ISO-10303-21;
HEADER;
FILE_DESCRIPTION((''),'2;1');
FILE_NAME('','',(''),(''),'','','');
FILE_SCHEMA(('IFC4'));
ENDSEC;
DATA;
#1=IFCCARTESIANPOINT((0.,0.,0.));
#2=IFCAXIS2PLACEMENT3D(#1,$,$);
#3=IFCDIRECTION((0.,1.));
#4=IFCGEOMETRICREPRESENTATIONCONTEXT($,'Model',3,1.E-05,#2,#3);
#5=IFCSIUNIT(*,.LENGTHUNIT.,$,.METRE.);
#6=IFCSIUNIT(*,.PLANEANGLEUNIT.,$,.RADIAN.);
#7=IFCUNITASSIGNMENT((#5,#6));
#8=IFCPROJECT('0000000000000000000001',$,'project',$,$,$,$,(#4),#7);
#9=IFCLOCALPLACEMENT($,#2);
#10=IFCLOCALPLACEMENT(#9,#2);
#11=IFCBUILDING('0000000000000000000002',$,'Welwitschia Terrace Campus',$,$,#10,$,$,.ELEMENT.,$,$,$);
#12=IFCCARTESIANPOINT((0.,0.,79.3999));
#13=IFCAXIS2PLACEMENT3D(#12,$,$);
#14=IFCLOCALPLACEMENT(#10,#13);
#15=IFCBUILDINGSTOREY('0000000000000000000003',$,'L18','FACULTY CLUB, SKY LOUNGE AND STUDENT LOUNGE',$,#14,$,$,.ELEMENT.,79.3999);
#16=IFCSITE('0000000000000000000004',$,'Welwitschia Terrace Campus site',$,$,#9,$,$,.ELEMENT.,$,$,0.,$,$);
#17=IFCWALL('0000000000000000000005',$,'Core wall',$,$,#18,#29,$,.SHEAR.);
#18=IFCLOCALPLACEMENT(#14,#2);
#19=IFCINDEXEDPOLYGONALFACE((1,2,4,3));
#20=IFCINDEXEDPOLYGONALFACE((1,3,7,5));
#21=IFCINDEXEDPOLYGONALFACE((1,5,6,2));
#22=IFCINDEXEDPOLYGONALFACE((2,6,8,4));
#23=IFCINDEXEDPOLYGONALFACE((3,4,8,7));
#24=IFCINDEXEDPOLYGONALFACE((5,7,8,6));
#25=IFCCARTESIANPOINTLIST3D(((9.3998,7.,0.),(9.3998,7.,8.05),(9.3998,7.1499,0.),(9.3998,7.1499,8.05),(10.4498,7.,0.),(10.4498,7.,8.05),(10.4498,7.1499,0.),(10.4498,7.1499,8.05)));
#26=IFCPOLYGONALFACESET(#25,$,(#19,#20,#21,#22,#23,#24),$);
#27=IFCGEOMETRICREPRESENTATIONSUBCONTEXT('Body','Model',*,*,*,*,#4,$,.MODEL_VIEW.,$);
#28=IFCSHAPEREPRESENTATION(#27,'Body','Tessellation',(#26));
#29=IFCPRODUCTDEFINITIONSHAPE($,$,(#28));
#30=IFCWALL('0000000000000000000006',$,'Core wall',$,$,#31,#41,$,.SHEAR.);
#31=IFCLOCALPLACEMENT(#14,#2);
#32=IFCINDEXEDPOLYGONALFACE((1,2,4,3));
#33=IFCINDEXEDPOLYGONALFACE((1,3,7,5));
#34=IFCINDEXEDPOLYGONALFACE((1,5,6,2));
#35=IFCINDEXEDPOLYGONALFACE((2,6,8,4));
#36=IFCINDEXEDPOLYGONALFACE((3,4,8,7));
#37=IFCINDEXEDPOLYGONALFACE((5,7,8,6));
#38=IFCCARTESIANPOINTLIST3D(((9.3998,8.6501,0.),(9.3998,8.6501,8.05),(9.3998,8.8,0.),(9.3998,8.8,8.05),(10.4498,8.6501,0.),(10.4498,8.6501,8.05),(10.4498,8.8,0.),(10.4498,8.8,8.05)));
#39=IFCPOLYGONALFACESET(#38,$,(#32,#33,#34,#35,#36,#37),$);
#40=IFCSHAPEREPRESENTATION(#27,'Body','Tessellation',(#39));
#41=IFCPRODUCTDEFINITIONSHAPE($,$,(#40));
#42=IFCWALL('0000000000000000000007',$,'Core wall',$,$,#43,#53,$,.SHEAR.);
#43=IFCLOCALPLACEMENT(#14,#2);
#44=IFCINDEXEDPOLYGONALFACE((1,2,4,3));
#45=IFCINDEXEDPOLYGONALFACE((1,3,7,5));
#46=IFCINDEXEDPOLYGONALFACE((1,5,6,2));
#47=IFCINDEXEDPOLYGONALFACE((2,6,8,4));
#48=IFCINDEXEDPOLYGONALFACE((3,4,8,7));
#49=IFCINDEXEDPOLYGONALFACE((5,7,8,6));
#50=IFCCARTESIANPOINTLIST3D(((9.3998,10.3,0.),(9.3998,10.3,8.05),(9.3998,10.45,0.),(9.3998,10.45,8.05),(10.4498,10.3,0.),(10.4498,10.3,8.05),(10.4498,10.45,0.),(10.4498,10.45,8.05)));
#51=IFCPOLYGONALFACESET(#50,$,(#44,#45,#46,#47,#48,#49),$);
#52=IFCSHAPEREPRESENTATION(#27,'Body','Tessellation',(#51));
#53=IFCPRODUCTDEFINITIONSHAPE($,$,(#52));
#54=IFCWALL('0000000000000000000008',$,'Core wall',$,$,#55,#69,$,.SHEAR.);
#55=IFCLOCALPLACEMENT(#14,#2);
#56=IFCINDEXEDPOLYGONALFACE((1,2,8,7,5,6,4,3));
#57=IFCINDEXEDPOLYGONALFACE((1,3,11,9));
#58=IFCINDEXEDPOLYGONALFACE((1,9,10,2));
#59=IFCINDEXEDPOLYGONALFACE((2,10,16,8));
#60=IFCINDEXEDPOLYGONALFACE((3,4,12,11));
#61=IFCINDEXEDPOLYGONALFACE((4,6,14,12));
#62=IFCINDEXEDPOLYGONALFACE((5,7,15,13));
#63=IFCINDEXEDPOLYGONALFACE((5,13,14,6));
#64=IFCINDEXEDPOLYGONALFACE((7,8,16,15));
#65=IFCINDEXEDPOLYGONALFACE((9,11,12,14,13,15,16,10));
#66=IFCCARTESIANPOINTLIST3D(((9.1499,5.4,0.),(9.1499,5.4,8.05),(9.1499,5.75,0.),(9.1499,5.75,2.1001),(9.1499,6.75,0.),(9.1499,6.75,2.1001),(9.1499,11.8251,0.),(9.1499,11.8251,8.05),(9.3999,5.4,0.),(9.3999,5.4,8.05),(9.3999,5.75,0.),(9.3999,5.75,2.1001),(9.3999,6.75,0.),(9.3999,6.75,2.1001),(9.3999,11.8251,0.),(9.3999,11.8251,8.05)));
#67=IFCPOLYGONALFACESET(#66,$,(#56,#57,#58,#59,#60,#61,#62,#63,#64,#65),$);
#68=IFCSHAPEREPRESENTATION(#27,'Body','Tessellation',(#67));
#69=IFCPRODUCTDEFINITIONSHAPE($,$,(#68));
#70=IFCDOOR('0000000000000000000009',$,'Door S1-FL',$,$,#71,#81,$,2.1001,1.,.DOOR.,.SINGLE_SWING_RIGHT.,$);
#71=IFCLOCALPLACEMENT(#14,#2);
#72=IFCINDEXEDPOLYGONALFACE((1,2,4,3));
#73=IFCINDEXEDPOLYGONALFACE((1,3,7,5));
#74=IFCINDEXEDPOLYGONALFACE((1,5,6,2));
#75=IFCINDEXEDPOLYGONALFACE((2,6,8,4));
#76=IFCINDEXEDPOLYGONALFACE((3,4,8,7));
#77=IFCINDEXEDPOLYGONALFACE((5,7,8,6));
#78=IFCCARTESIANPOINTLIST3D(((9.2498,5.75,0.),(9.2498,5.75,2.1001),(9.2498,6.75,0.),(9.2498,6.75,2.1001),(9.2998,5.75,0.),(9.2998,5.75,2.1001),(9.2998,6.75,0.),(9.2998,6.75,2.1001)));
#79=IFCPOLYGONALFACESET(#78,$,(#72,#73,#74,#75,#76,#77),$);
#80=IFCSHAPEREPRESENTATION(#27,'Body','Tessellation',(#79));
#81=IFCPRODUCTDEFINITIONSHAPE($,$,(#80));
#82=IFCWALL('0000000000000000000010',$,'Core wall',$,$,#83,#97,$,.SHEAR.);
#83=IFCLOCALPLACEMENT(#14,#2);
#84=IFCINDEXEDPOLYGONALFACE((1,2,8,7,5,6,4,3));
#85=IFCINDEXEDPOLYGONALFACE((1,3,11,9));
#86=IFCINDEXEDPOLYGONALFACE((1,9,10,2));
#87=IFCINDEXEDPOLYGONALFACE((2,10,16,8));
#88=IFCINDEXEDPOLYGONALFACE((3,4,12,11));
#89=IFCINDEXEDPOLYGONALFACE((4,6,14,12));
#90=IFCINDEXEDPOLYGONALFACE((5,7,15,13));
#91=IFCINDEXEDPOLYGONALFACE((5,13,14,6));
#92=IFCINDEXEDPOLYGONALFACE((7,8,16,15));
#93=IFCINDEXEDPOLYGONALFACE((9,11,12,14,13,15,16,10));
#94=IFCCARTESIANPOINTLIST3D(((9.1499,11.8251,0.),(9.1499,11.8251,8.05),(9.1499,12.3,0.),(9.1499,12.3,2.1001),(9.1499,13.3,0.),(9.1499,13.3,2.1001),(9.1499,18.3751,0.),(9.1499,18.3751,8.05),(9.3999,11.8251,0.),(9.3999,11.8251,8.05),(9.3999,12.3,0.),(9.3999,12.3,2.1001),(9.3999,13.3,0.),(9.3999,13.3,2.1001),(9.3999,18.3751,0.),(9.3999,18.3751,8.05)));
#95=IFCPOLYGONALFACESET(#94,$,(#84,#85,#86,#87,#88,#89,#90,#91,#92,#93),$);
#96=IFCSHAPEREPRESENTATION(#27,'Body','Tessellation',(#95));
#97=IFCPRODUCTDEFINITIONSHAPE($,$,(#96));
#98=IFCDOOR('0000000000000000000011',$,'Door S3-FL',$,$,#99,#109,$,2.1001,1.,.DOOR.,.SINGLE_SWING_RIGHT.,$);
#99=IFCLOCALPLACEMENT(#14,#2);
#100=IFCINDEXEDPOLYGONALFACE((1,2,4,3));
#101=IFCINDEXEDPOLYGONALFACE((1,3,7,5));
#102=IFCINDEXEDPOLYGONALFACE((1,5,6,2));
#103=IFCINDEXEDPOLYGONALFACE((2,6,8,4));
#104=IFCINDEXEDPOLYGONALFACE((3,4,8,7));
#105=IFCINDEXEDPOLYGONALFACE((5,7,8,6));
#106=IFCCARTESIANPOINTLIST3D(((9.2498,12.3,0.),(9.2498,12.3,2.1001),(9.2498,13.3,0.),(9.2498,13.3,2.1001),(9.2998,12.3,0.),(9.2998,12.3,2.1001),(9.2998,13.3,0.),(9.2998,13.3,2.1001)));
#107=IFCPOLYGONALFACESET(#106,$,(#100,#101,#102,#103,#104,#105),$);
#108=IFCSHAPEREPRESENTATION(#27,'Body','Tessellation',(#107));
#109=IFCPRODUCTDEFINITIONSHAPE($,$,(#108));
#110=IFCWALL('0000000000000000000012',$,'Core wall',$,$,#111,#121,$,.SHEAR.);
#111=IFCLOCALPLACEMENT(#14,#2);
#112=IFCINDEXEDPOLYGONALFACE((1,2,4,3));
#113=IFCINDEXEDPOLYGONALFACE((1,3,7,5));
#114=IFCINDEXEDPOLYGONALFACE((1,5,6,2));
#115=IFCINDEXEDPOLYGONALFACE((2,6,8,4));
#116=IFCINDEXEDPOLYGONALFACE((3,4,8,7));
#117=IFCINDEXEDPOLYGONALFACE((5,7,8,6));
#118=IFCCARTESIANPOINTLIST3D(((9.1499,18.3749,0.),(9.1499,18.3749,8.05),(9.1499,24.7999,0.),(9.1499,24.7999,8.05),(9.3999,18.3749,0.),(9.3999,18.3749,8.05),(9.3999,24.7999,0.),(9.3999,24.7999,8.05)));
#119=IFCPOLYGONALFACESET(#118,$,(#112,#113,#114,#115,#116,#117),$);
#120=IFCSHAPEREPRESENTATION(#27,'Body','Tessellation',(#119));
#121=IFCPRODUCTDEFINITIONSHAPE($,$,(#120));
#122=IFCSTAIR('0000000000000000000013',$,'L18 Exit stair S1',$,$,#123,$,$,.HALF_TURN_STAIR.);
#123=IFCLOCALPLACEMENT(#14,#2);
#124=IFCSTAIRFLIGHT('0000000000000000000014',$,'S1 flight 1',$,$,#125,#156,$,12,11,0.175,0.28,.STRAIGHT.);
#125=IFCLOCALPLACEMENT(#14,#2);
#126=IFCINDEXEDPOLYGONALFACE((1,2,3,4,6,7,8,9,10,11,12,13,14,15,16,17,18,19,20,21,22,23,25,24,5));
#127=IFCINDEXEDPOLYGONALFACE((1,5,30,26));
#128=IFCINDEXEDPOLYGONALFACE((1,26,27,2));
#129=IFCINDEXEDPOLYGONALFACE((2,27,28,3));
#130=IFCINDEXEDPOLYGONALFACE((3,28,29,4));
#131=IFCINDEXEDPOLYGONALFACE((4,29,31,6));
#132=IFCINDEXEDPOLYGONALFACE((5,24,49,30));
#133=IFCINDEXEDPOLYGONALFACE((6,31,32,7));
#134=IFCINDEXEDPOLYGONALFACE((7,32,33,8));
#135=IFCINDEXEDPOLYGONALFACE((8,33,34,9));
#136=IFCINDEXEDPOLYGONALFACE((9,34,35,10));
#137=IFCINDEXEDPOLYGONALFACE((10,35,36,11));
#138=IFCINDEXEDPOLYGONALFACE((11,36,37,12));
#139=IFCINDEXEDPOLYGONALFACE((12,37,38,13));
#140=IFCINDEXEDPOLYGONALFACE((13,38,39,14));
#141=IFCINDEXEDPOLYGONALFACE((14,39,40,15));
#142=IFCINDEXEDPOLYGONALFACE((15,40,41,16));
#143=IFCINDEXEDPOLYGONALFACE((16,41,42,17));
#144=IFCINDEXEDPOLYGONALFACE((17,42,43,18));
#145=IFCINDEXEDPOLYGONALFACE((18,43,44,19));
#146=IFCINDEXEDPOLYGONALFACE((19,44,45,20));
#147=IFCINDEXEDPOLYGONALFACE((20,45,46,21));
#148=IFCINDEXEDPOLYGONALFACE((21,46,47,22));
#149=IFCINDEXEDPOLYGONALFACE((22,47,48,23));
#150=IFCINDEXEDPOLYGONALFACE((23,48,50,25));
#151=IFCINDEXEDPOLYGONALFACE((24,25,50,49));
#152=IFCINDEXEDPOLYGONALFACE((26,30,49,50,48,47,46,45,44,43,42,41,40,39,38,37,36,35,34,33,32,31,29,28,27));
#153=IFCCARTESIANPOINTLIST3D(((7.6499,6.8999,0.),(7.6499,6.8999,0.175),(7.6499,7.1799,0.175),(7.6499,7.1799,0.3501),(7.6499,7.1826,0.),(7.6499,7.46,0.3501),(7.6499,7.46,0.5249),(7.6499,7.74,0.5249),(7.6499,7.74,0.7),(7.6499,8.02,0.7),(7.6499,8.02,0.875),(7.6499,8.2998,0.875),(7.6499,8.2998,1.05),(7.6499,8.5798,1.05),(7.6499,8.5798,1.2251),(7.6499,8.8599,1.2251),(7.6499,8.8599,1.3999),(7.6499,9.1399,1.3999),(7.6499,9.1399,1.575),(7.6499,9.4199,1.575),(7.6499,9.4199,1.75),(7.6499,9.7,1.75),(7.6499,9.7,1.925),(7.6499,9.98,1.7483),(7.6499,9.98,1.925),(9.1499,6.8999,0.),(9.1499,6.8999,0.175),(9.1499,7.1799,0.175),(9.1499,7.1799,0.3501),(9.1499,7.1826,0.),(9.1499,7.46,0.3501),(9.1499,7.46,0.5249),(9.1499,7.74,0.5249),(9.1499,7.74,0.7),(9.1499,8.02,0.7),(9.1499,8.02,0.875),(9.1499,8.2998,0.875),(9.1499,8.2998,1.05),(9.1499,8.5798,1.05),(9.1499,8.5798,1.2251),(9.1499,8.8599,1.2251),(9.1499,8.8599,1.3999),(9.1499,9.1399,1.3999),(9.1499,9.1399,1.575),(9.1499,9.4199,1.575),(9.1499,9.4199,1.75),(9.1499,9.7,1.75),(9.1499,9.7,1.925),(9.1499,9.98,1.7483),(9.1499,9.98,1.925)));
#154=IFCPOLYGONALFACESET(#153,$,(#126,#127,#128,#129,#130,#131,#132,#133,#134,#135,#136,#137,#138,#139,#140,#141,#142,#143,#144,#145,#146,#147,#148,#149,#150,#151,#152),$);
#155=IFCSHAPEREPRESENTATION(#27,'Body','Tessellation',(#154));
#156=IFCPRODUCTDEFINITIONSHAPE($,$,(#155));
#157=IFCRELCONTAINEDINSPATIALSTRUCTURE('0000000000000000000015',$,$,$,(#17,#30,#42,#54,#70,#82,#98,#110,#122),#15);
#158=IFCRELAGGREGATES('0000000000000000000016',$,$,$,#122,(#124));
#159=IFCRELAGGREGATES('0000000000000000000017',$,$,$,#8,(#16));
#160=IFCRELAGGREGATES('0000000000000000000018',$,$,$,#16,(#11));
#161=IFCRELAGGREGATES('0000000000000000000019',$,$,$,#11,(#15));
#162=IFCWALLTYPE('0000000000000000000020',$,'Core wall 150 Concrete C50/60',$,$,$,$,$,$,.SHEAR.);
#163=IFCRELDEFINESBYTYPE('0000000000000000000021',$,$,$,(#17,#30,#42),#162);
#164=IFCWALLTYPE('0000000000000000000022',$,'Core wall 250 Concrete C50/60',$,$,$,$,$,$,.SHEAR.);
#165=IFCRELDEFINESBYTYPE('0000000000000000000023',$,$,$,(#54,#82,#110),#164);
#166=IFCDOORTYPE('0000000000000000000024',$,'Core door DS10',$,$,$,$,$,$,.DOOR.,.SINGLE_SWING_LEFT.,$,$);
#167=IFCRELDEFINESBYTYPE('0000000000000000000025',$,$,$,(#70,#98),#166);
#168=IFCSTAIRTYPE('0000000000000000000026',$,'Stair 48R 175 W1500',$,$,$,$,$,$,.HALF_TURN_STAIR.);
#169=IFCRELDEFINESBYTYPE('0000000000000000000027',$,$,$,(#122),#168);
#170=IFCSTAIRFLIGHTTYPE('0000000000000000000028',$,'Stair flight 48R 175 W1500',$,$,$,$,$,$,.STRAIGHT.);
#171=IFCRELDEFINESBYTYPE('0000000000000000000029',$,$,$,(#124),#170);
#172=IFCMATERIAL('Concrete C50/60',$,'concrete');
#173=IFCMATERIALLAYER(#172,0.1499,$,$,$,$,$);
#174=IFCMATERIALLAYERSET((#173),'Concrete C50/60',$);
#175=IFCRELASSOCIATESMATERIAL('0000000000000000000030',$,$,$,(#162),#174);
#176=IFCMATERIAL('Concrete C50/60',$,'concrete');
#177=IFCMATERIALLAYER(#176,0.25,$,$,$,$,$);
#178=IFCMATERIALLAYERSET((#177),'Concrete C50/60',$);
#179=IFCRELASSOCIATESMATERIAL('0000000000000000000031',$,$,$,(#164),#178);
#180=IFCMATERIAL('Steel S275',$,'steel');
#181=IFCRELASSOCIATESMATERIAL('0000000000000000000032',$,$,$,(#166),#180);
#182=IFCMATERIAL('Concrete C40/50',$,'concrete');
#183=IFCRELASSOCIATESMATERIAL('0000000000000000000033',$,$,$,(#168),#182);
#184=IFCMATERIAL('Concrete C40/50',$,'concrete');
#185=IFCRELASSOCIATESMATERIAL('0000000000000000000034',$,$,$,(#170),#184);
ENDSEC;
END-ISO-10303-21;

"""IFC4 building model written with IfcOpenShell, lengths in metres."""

from ifc_helpers import new_model, si_unit, direction, frame, frame_2d, origin, place, context, subcontext, project, spatial, polyline, rectangle, outline, extrude, material, layer, layer_set, type_object, element, fill, aggregate, save


model = new_model("IFC4")

# Units and contexts
model_context = context("Model", 3, precision=1e-05, world=origin(), true_north=direction((0.0, 1.0)))
body_context = subcontext(model_context, "Body", "Model", "MODEL_VIEW")
ifc_project = project(units=[si_unit("LENGTHUNIT", "METRE"), si_unit("PLANEANGLEUNIT", "RADIAN")], contexts=[model_context])

# Site, building, storey
site_placement = place(None, origin())
site = spatial("IfcSite", under=ifc_project, at=site_placement, Name="Welwitschia Terrace Campus site", CompositionType="ELEMENT", RefElevation=0.0)
building_placement = place(site_placement, origin())
building = spatial("IfcBuilding", under=site, at=building_placement, Name="Welwitschia Terrace Campus", CompositionType="ELEMENT")
storey_placement = place(building_placement, frame((0.0, 0.0, 79.3999)))
storey = spatial("IfcBuildingStorey", under=building, at=storey_placement, Name="L18", Description="FACULTY CLUB, SKY LOUNGE AND STUDENT LOUNGE", CompositionType="ELEMENT", Elevation=79.3999)

# Walls
ifc_material_1 = material(Name="Concrete C50/60", Category="concrete")
ifc_layer_1 = layer(ifc_material_1, 0.1499)
ifc_layer_set_1 = layer_set([ifc_layer_1], Name="Concrete C50/60")
wall_type_1 = type_object("IfcWallType", Name="Core wall 150 Concrete C50/60", PredefinedType="SHEAR", material=ifc_layer_set_1)
for number, where, z_axis, x_axis, name in (
    (1, (9.3999, 7.075, 0.0), (0.0, 0.0, 1.0), (1.0, 0.0, 0.0), "Core wall"),
    (2, (9.3999, 8.7251, 0.0), (0.0, 0.0, 1.0), (1.0, 0.0, 0.0), "Core wall"),
    (3, (9.3999, 10.375, 0.0), (0.0, 0.0, 1.0), (1.0, 0.0, 0.0), "Core wall"),
):
    element("IfcWall", number, at=place(storey_placement, frame(where, z_axis=z_axis, x_axis=x_axis)), inside=storey, type_object=wall_type_1, Name=name, PredefinedType="SHEAR", context=body_context, shape_type="SweptSolid", body=[
        extrude(rectangle(XDim=1.05, YDim=0.1499, at=frame_2d((0.5249, 0.0))), origin(), (0.0, 0.0, 1.0), 8.05),
    ])

# Walls, openings, doors
ifc_material_2 = material(Name="Concrete C50/60", Category="concrete")
ifc_layer_2 = layer(ifc_material_2, 0.25)
ifc_layer_set_2 = layer_set([ifc_layer_2], Name="Concrete C50/60")
wall_type_2 = type_object("IfcWallType", Name="Core wall 250 Concrete C50/60", PredefinedType="SHEAR", material=ifc_layer_set_2)
wall_1_placement = place(storey_placement, frame((9.2749, 11.825, 0.0), z_axis=(0.0, 0.0, 1.0), x_axis=(0.0, -1.0, 0.0)))
wall_1 = element("IfcWall", 4, at=wall_1_placement, inside=storey, type_object=wall_type_2, Name="Core wall", PredefinedType="SHEAR", context=body_context, shape_type="SweptSolid", body=[
    extrude(rectangle(XDim=6.425, YDim=0.25, at=frame_2d((3.2124, 0.0))), origin(), (0.0, 0.0, 1.0), 8.05),
])
opening_1_placement = place(wall_1_placement, frame((5.075, 0.0, 0.0)))
opening_1 = element("IfcOpeningElement", 5, at=opening_1_placement, cuts=wall_1, PredefinedType="OPENING", context=body_context, shape_type="SweptSolid", body=[
    extrude(rectangle(XDim=1.0, YDim=2.1001, at=frame_2d((0.5, 1.05))), frame((0.0, 0.135, 0.0), z_axis=(0.0, -1.0, 0.0), x_axis=(1.0, 0.0, 0.0)), (0.0, 0.0, 1.0), 0.27),
])
ifc_material_3 = material(Name="Steel S275", Category="steel")
door_type = type_object("IfcDoorType", Name="Core door DS10", OperationType="SINGLE_SWING_LEFT", PredefinedType="DOOR", material=ifc_material_3)
door_1_placement = place(opening_1_placement, origin())
door_1 = element("IfcDoor", 6, at=door_1_placement, inside=storey, type_object=door_type, Name="Door S1-FL", OperationType="SINGLE_SWING_RIGHT", OverallHeight=2.1001, OverallWidth=1.0, PredefinedType="DOOR", context=body_context, shape_type="SweptSolid", body=[
    extrude(rectangle(XDim=1.0, YDim=2.1001, at=frame_2d((0.5, 1.05))), frame((0.0, 0.0249, 0.0), z_axis=(0.0, -1.0, 0.0), x_axis=(1.0, 0.0, 0.0)), (0.0, 0.0, 1.0), 0.05),
])
fill(opening_1, door_1)
wall_2_placement = place(storey_placement, frame((9.2749, 18.375, 0.0), z_axis=(0.0, 0.0, 1.0), x_axis=(0.0, -1.0, 0.0)))
wall_2 = element("IfcWall", 7, at=wall_2_placement, inside=storey, type_object=wall_type_2, Name="Core wall", PredefinedType="SHEAR", context=body_context, shape_type="SweptSolid", body=[
    extrude(rectangle(XDim=6.55, YDim=0.25, at=frame_2d((3.2749, 0.0))), origin(), (0.0, 0.0, 1.0), 8.05),
])
opening_2_placement = place(wall_2_placement, frame((5.075, 0.0, 0.0)))
opening_2 = element("IfcOpeningElement", 8, at=opening_2_placement, cuts=wall_2, PredefinedType="OPENING", context=body_context, shape_type="SweptSolid", body=[
    extrude(rectangle(XDim=1.0, YDim=2.1001, at=frame_2d((0.5, 1.05))), frame((0.0, 0.135, 0.0), z_axis=(0.0, -1.0, 0.0), x_axis=(1.0, 0.0, 0.0)), (0.0, 0.0, 1.0), 0.27),
])
door_2_placement = place(opening_2_placement, origin())
door_2 = element("IfcDoor", 9, at=door_2_placement, inside=storey, type_object=door_type, Name="Door S3-FL", OperationType="SINGLE_SWING_RIGHT", OverallHeight=2.1001, OverallWidth=1.0, PredefinedType="DOOR", context=body_context, shape_type="SweptSolid", body=[
    extrude(rectangle(XDim=1.0, YDim=2.1001, at=frame_2d((0.5, 1.05))), frame((0.0, 0.0249, 0.0), z_axis=(0.0, -1.0, 0.0), x_axis=(1.0, 0.0, 0.0)), (0.0, 0.0, 1.0), 0.05),
])
fill(opening_2, door_2)

# Wall
wall_3_placement = place(storey_placement, frame((9.2749, 18.375, 0.0), z_axis=(0.0, 0.0, 1.0), x_axis=(0.0, 1.0, 0.0)))
element("IfcWall", 10, at=wall_3_placement, inside=storey, type_object=wall_type_2, Name="Core wall", PredefinedType="SHEAR", context=body_context, shape_type="SweptSolid", body=[
    extrude(rectangle(XDim=6.425, YDim=0.25, at=frame_2d((3.2124, 0.0))), origin(), (0.0, 0.0, 1.0), 8.05),
])

# Stair, stair flight
ifc_material_4 = material(Name="Concrete C40/50", Category="concrete")
stair_type = type_object("IfcStairType", Name="Stair 48R 175 W1500", PredefinedType="HALF_TURN_STAIR", material=ifc_material_4)
stair_1_placement = place(storey_placement, origin())
stair_1 = element("IfcStair", 11, at=stair_1_placement, inside=storey, type_object=stair_type, Name="L18 Exit stair S1", PredefinedType="HALF_TURN_STAIR")
ifc_material_5 = material(Name="Concrete C40/50", Category="concrete")
stair_flight_type = type_object("IfcStairFlightType", Name="Stair flight 48R 175 W1500", PredefinedType="STRAIGHT", material=ifc_material_5)
stair_flight_1_placement = place(storey_placement, frame((8.3999, 6.8999, 0.0), z_axis=(0.0, 0.0, 1.0), x_axis=(0.0, 1.0, 0.0)))
stair_flight_1 = element("IfcStairFlight", 12, at=stair_flight_1_placement, type_object=stair_flight_type, Name="S1 flight 1", NumberOfRisers=12, NumberOfTreads=11, PredefinedType="STRAIGHT", RiserHeight=0.175, TreadLength=0.28, context=body_context, shape_type="SweptSolid", body=[
    extrude(outline(polyline([(0.0, 0.0), (0.0, 0.175), (0.28, 0.175), (0.28, 0.3501), (0.5601, 0.3501), (0.5601, 0.5249), (0.8401, 0.5249), (0.8401, 0.7), (1.1201, 0.7), (1.1201, 0.875), (1.3999, 0.875), (1.3999, 1.05), (1.6799, 1.05), (1.6799, 1.2251), (1.96, 1.2251), (1.96, 1.3999), (2.24, 1.3999), (2.24, 1.575), (2.52, 1.575), (2.52, 1.75), (2.8, 1.75), (2.8, 1.925), (3.0801, 1.925), (3.0801, 2.1001), (3.0801, 1.7483), (0.2827, 0.0), (0.0, 0.0)])), frame((0.0, 0.75, 0.0), z_axis=(0.0, -1.0, 0.0), x_axis=(1.0, 0.0, 0.0)), (0.0, 0.0, 1.0), 1.5),
])
aggregate(stair_1, [stair_flight_1])

save(model, "model.ifc")
